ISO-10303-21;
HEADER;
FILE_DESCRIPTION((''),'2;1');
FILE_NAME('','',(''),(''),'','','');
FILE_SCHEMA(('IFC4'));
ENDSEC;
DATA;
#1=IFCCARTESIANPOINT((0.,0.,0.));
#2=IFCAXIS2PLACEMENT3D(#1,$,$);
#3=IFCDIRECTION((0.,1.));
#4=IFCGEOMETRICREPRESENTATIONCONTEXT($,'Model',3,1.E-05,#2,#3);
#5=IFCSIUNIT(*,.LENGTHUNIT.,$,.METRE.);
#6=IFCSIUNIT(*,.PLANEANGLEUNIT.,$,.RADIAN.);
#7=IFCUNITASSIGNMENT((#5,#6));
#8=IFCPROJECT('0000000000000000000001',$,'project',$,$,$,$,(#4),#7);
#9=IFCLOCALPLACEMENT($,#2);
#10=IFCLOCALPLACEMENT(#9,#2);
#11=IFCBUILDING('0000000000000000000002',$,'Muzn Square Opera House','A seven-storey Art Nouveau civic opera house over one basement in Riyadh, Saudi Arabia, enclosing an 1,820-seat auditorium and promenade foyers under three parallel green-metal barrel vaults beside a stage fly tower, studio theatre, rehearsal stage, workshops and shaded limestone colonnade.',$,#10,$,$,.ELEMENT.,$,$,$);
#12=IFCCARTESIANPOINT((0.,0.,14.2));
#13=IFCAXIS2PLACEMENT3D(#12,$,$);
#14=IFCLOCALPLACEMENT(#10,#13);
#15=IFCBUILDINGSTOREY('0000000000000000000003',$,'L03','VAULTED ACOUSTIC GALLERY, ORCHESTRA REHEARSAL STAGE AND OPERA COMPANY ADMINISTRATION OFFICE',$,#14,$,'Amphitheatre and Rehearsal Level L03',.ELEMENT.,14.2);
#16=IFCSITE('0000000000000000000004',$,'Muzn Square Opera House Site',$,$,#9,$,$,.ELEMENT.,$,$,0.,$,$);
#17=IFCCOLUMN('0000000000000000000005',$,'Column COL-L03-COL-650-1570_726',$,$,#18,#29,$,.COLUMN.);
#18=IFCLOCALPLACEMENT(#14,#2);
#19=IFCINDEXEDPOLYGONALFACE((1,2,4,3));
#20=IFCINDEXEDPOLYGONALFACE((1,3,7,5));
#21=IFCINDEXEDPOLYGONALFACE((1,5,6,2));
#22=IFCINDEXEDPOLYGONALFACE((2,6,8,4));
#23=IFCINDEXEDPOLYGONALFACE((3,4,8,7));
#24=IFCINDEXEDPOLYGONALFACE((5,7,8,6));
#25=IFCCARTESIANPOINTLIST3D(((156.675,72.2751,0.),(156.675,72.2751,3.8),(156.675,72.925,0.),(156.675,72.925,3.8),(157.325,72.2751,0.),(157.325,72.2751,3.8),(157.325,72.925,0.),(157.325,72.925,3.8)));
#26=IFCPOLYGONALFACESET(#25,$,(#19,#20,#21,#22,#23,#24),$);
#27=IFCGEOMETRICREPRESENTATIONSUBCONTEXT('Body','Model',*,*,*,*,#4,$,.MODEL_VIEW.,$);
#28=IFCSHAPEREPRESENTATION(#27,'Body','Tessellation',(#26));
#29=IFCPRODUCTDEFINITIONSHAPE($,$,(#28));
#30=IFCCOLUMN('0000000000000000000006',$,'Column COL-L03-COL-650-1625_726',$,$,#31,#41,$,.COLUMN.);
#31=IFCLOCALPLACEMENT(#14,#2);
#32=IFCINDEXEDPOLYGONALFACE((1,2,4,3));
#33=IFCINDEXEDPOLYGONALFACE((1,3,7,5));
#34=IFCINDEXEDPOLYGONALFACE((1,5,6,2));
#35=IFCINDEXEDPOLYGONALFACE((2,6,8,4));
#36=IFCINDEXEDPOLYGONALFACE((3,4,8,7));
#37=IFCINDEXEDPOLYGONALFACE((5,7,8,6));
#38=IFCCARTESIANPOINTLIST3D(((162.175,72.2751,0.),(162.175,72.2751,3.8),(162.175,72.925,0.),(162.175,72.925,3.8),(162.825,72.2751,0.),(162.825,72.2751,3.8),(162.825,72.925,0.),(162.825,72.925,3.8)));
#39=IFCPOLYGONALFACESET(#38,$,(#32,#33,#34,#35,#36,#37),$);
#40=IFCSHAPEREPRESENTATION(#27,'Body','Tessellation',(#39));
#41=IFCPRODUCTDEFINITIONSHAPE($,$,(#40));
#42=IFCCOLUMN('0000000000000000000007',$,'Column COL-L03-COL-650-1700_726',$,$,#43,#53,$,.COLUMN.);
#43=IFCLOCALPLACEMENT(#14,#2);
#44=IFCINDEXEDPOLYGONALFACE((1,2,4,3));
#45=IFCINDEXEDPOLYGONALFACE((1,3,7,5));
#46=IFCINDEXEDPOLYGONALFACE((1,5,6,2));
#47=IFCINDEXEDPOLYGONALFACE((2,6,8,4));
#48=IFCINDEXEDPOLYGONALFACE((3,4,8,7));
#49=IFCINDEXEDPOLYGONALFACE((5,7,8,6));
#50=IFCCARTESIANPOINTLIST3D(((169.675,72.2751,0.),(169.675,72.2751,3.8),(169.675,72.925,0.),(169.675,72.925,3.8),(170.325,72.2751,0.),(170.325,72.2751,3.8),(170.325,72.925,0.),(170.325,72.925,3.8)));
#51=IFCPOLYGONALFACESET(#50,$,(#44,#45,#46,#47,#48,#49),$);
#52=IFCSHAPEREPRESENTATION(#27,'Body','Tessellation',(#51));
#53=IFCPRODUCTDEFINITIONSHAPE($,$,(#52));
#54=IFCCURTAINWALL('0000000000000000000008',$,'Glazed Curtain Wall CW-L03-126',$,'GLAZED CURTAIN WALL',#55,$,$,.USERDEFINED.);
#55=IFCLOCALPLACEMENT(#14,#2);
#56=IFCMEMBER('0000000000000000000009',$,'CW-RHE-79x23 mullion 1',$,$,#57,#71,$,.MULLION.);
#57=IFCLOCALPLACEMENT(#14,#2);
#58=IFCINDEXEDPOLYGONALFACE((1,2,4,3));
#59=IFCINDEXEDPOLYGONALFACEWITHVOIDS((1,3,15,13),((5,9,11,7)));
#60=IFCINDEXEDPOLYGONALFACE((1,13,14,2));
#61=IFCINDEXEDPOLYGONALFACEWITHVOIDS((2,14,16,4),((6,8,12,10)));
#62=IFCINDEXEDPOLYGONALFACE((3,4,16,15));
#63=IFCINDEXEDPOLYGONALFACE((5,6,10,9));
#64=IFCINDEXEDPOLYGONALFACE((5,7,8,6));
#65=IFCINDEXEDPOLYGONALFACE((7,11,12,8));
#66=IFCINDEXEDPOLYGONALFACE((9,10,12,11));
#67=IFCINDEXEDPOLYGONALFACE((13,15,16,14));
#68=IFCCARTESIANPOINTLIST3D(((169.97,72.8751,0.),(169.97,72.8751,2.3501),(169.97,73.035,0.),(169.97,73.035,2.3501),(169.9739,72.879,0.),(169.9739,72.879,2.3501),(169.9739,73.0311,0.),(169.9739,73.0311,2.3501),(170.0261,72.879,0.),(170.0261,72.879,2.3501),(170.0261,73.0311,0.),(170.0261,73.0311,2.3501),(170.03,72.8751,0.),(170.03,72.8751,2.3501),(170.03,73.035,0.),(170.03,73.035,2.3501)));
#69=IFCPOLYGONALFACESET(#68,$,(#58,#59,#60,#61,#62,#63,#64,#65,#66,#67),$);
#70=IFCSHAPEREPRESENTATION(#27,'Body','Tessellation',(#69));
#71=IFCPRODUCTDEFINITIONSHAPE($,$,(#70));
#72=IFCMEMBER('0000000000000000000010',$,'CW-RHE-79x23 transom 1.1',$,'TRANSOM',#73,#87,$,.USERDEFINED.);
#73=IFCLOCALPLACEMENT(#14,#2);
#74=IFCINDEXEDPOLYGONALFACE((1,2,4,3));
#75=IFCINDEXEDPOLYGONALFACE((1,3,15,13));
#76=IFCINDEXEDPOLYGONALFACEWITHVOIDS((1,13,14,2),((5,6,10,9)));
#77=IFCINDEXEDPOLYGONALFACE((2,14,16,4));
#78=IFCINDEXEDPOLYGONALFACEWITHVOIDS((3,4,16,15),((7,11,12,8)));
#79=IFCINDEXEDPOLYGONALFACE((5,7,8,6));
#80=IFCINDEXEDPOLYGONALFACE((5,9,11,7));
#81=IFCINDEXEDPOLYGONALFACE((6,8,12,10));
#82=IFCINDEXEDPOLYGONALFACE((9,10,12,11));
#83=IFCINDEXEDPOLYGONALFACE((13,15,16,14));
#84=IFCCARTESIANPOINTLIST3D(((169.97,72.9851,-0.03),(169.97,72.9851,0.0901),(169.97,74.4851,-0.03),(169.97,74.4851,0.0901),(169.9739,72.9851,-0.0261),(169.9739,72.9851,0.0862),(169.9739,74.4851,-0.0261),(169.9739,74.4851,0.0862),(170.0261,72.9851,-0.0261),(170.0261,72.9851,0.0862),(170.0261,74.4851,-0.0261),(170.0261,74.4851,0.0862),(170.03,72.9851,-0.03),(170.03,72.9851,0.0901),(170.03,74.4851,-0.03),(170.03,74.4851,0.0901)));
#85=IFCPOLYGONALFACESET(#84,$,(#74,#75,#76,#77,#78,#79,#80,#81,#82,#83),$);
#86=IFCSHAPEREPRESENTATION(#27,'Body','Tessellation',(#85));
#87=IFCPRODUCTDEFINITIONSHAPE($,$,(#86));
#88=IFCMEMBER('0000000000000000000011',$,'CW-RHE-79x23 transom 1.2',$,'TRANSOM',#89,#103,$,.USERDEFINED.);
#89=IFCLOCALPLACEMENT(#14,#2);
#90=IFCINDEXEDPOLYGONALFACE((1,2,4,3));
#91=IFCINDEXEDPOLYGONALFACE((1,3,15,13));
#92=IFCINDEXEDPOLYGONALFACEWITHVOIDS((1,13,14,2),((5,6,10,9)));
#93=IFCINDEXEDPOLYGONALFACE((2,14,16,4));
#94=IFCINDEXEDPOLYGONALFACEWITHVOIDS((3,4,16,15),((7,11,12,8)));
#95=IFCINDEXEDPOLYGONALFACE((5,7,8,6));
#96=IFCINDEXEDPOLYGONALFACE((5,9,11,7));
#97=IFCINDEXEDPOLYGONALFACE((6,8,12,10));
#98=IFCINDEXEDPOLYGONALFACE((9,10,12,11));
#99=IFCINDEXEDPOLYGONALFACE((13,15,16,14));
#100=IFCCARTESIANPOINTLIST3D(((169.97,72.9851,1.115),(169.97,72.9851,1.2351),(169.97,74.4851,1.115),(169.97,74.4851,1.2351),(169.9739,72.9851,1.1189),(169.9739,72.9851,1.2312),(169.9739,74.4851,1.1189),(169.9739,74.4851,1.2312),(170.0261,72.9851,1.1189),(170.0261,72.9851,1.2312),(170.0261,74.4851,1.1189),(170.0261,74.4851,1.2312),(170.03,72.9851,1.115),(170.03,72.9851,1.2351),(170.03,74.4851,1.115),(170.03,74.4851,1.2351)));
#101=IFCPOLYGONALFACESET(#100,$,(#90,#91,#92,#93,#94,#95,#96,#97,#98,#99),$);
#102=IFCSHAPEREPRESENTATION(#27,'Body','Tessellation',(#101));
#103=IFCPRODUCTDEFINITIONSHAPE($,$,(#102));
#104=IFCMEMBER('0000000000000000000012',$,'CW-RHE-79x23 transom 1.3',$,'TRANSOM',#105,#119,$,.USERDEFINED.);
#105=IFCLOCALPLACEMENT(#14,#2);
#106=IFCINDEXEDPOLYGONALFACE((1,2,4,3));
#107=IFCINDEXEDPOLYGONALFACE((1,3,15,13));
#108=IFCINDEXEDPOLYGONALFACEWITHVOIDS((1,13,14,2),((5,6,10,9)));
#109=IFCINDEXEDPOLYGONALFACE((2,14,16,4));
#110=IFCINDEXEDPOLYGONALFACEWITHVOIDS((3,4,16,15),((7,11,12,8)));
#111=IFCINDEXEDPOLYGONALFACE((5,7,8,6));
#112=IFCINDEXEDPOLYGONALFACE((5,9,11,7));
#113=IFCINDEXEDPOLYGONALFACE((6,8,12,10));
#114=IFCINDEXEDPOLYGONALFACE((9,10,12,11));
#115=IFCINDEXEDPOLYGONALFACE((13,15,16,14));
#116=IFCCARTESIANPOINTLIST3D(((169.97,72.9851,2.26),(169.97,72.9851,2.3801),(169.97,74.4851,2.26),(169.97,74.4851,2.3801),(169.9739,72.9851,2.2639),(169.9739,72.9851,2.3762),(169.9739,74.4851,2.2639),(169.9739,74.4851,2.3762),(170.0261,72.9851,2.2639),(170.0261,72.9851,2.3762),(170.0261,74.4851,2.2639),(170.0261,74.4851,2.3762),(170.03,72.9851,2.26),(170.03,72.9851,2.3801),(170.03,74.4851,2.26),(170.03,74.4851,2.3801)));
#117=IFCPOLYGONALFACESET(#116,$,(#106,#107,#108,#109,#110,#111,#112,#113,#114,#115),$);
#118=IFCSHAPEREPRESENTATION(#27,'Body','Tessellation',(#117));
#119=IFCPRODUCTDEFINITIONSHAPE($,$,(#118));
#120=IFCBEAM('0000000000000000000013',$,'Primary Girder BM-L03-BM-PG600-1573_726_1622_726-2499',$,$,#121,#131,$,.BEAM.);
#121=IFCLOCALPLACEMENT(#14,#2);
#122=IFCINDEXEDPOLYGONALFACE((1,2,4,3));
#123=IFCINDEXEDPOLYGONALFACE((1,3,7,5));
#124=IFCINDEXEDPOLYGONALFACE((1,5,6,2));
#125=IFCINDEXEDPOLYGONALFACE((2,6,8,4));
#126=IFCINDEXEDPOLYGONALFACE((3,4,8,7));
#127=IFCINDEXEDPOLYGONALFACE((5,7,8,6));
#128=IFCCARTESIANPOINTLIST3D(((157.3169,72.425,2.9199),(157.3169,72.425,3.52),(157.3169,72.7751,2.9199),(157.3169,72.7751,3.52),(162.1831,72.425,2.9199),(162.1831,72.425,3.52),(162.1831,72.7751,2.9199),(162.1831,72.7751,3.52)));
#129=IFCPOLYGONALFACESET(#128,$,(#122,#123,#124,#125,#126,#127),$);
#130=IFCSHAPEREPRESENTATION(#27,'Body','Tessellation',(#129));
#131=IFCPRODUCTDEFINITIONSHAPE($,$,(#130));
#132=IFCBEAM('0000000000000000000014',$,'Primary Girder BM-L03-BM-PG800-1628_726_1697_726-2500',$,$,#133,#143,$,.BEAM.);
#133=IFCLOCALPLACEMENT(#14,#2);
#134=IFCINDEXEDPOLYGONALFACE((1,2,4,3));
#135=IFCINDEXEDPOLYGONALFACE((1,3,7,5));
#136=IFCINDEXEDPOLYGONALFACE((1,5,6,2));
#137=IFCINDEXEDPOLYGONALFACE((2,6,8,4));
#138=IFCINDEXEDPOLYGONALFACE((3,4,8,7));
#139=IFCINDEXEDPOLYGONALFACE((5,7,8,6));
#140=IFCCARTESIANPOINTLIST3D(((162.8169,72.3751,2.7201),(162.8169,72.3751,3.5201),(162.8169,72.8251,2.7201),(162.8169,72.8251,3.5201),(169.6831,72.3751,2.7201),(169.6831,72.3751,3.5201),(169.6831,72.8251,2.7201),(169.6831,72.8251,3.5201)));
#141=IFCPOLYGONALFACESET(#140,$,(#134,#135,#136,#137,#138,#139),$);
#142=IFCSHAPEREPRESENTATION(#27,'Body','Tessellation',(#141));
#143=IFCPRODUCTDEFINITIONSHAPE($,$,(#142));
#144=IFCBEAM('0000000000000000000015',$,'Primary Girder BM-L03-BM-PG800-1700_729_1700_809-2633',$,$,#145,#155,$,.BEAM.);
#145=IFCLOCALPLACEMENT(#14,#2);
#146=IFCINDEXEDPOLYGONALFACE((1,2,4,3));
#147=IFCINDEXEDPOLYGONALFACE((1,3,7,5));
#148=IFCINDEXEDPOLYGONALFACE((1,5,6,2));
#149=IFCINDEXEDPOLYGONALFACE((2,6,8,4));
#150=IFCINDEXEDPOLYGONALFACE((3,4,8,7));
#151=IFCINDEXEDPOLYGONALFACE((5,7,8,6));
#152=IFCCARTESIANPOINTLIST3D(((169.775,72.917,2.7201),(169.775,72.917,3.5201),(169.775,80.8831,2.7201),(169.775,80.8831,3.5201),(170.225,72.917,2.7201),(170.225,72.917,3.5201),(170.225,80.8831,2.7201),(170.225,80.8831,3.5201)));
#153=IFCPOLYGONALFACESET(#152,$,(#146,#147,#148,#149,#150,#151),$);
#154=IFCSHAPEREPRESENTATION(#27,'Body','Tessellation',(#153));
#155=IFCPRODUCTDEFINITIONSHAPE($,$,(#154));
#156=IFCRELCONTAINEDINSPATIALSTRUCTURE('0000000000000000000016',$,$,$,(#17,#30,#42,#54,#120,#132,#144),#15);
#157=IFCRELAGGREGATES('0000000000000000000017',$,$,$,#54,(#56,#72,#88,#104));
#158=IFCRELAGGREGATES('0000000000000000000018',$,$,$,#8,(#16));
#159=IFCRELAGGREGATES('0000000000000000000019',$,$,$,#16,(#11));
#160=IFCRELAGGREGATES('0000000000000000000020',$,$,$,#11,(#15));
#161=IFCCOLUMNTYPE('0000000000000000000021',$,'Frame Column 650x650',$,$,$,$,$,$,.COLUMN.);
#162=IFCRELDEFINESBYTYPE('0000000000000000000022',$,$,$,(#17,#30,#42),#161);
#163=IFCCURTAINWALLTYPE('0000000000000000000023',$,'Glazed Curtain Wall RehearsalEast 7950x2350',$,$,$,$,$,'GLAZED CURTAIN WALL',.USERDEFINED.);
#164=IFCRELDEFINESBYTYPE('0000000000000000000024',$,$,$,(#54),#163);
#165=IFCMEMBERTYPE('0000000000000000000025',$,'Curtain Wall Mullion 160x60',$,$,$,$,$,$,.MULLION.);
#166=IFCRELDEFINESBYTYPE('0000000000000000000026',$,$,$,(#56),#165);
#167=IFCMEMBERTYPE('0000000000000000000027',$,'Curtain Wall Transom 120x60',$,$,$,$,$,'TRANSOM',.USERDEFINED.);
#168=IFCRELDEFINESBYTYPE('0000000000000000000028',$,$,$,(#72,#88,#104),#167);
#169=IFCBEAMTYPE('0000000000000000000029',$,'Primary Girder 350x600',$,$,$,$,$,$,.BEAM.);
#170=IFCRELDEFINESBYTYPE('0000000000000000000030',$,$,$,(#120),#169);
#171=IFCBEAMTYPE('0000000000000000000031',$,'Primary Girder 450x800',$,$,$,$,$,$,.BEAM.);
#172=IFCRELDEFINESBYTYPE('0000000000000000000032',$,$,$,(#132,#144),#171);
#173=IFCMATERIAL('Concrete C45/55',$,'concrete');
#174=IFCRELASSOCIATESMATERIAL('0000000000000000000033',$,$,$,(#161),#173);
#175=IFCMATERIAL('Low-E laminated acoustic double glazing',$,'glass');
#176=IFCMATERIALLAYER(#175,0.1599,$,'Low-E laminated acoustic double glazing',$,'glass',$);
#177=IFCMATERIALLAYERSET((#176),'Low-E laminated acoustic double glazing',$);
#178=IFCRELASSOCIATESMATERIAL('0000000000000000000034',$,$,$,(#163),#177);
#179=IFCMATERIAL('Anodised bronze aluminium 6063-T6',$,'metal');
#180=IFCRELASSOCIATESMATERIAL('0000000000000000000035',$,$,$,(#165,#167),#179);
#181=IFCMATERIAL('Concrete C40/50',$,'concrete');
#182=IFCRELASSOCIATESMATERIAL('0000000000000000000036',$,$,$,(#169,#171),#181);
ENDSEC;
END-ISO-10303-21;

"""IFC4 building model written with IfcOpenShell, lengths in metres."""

from ifc_helpers import new_model, si_unit, direction, frame, origin, origin_2d, place, context, subcontext, project, spatial, rectangle, hollow_rectangle, extrude, material, layer, layer_set, material_profile, profile_set, type_object, element, aggregate, save


model = new_model("IFC4")

# Units and contexts
model_context = context("Model", 3, precision=1e-05, world=origin(), true_north=direction((0.0, 1.0)))
body_context = subcontext(model_context, "Body", "Model", "MODEL_VIEW")
ifc_project = project(units=[si_unit("LENGTHUNIT", "METRE"), si_unit("PLANEANGLEUNIT", "RADIAN")], contexts=[model_context])

# Site, building, storey
site_placement = place(None, origin())
site = spatial("IfcSite", under=ifc_project, at=site_placement, Name="Muzn Square Opera House Site", CompositionType="ELEMENT", RefElevation=0.0)
building_placement = place(site_placement, origin())
building = spatial("IfcBuilding", under=site, at=building_placement, Name="Muzn Square Opera House", Description="A seven-storey Art Nouveau civic opera house over one basement in Riyadh, Saudi Arabia, enclosing an 1,820-seat auditorium and promenade foyers under three parallel green-metal barrel vaults beside a stage fly tower, studio theatre, rehearsal stage, workshops and shaded limestone colonnade.", CompositionType="ELEMENT")
storey_placement = place(building_placement, frame((0.0, 0.0, 14.2)))
storey = spatial("IfcBuildingStorey", under=building, at=storey_placement, Name="L03", Description="VAULTED ACOUSTIC GALLERY, ORCHESTRA REHEARSAL STAGE AND OPERA COMPANY ADMINISTRATION OFFICE", LongName="Amphitheatre and Rehearsal Level L03", CompositionType="ELEMENT", Elevation=14.2)

# Columns
ifc_material_1 = material(Name="Concrete C45/55", Category="concrete")
ifc_material_profile_1 = material_profile(ifc_material_1, rectangle(XDim=0.6499, YDim=0.6499, at=origin_2d()), Name="RC 650x650", Category="concrete")
ifc_profile_set_1 = profile_set([ifc_material_profile_1], Name="Concrete C45/55")
column_type = type_object("IfcColumnType", Name="Frame Column 650x650", PredefinedType="COLUMN", material=ifc_profile_set_1)
for number, where, z_axis, x_axis, name in (
    (1, (157.0, 72.6001, 0.0), (0.0, 0.0, 1.0), (1.0, 0.0, 0.0), "Column COL-L03-COL-650-1570_726"),
    (2, (162.5, 72.6001, 0.0), (0.0, 0.0, 1.0), (1.0, 0.0, 0.0), "Column COL-L03-COL-650-1625_726"),
    (3, (170.0, 72.6001, 0.0), (0.0, 0.0, 1.0), (1.0, 0.0, 0.0), "Column COL-L03-COL-650-1700_726"),
):
    element("IfcColumn", number, at=place(storey_placement, frame(where, z_axis=z_axis, x_axis=x_axis)), inside=storey, type_object=column_type, Name=name, PredefinedType="COLUMN", context=body_context, shape_type="SweptSolid", body=[
        extrude(rectangle(XDim=0.6499, YDim=0.6499, at=origin_2d()), origin(), (0.0, 0.0, 1.0), 3.8),
    ])

# Curtain wall, members
ifc_material_2 = material(Name="Low-E laminated acoustic double glazing", Category="glass")
ifc_layer_1 = layer(ifc_material_2, 0.1599, Name="Low-E laminated acoustic double glazing", Category="glass")
ifc_layer_set_1 = layer_set([ifc_layer_1], Name="Low-E laminated acoustic double glazing")
curtain_wall_type = type_object("IfcCurtainWallType", Name="Glazed Curtain Wall RehearsalEast 7950x2350", ElementType="GLAZED CURTAIN WALL", PredefinedType="USERDEFINED", material=ifc_layer_set_1)
curtain_wall_placement = place(storey_placement, origin())
curtain_wall = element("IfcCurtainWall", 4, at=curtain_wall_placement, inside=storey, type_object=curtain_wall_type, Name="Glazed Curtain Wall CW-L03-126", ObjectType="GLAZED CURTAIN WALL", PredefinedType="USERDEFINED")
ifc_material_3 = material(Name="Anodised bronze aluminium 6063-T6", Category="metal")
ifc_material_profile_2 = material_profile(ifc_material_3, hollow_rectangle(XDim=0.0601, YDim=0.1599, WallThickness=0.0039, at=origin_2d()), Name="ALU 160x60x4", Category="metal")
ifc_profile_set_2 = profile_set([ifc_material_profile_2], Name="Anodised bronze aluminium 6063-T6")
member_type_1 = type_object("IfcMemberType", Name="Curtain Wall Mullion 160x60", PredefinedType="MULLION", material=ifc_profile_set_2)
member_1_placement = place(storey_placement, frame((170.0, 72.9551, 0.0), z_axis=(0.0, 0.0, 1.0), x_axis=(-1.0, 0.0, 0.0)))
member_1 = element("IfcMember", 5, at=member_1_placement, type_object=member_type_1, Name="CW-RHE-79x23 mullion 1", PredefinedType="MULLION", context=body_context, shape_type="SweptSolid", body=[
    extrude(hollow_rectangle(XDim=0.0601, YDim=0.1599, WallThickness=0.0039, at=origin_2d()), origin(), (0.0, 0.0, 1.0), 2.3501),
])
ifc_material_profile_3 = material_profile(ifc_material_3, hollow_rectangle(XDim=0.0601, YDim=0.1201, WallThickness=0.0039, at=origin_2d()), Name="ALU 120x60x4", Category="metal")
ifc_profile_set_3 = profile_set([ifc_material_profile_3], Name="Anodised bronze aluminium 6063-T6")
member_type_2 = type_object("IfcMemberType", Name="Curtain Wall Transom 120x60", ElementType="TRANSOM", PredefinedType="USERDEFINED", material=ifc_profile_set_3)
member_2_placement = place(storey_placement, frame((170.0, 72.9851, 0.03), z_axis=(0.0, 1.0, 0.0), x_axis=(-1.0, 0.0, 0.0)))
member_2 = element("IfcMember", 6, at=member_2_placement, type_object=member_type_2, Name="CW-RHE-79x23 transom 1.1", ObjectType="TRANSOM", PredefinedType="USERDEFINED", context=body_context, shape_type="SweptSolid", body=[
    extrude(hollow_rectangle(XDim=0.0601, YDim=0.1201, WallThickness=0.0039, at=origin_2d()), origin(), (0.0, 0.0, 1.0), 1.5),
])
member_3_placement = place(storey_placement, frame((170.0, 72.9851, 1.175), z_axis=(0.0, 1.0, 0.0), x_axis=(-1.0, 0.0, 0.0)))
member_3 = element("IfcMember", 7, at=member_3_placement, type_object=member_type_2, Name="CW-RHE-79x23 transom 1.2", ObjectType="TRANSOM", PredefinedType="USERDEFINED", context=body_context, shape_type="SweptSolid", body=[
    extrude(hollow_rectangle(XDim=0.0601, YDim=0.1201, WallThickness=0.0039, at=origin_2d()), origin(), (0.0, 0.0, 1.0), 1.5),
])
member_4_placement = place(storey_placement, frame((170.0, 72.9851, 2.3201), z_axis=(0.0, 1.0, 0.0), x_axis=(-1.0, 0.0, 0.0)))
member_4 = element("IfcMember", 8, at=member_4_placement, type_object=member_type_2, Name="CW-RHE-79x23 transom 1.3", ObjectType="TRANSOM", PredefinedType="USERDEFINED", context=body_context, shape_type="SweptSolid", body=[
    extrude(hollow_rectangle(XDim=0.0601, YDim=0.1201, WallThickness=0.0039, at=origin_2d()), origin(), (0.0, 0.0, 1.0), 1.5),
])

# Beams
ifc_material_4 = material(Name="Concrete C40/50", Category="concrete")
ifc_material_profile_4 = material_profile(ifc_material_4, rectangle(XDim=0.3501, YDim=0.6001, at=origin_2d()), Name="RCB 350x600", Category="concrete")
ifc_profile_set_4 = profile_set([ifc_material_profile_4], Name="Concrete C40/50")
beam_type_1 = type_object("IfcBeamType", Name="Primary Girder 350x600", PredefinedType="BEAM", material=ifc_profile_set_4)
beam_1_placement = place(storey_placement, frame((157.3169, 72.6001, 3.22), z_axis=(1.0, 0.0, 0.0), x_axis=(0.0, 1.0, 0.0)))
element("IfcBeam", 9, at=beam_1_placement, inside=storey, type_object=beam_type_1, Name="Primary Girder BM-L03-BM-PG600-1573_726_1622_726-2499", PredefinedType="BEAM", context=body_context, shape_type="SweptSolid", body=[
    extrude(rectangle(XDim=0.3501, YDim=0.6001, at=origin_2d()), origin(), (0.0, 0.0, 1.0), 4.8662),
])
ifc_material_profile_5 = material_profile(ifc_material_4, rectangle(XDim=0.45, YDim=0.8, at=origin_2d()), Name="RCB 450x800", Category="concrete")
ifc_profile_set_5 = profile_set([ifc_material_profile_5], Name="Concrete C40/50")
beam_type_2 = type_object("IfcBeamType", Name="Primary Girder 450x800", PredefinedType="BEAM", material=ifc_profile_set_5)
beam_2_placement = place(storey_placement, frame((162.8169, 72.6001, 3.1201), z_axis=(1.0, 0.0, 0.0), x_axis=(0.0, 1.0, 0.0)))
element("IfcBeam", 10, at=beam_2_placement, inside=storey, type_object=beam_type_2, Name="Primary Girder BM-L03-BM-PG800-1628_726_1697_726-2500", PredefinedType="BEAM", context=body_context, shape_type="SweptSolid", body=[
    extrude(rectangle(XDim=0.45, YDim=0.8, at=origin_2d()), origin(), (0.0, 0.0, 1.0), 6.8662),
])
beam_3_placement = place(storey_placement, frame((170.0, 72.917, 3.1201), z_axis=(0.0, 1.0, 0.0), x_axis=(-1.0, 0.0, 0.0)))
element("IfcBeam", 11, at=beam_3_placement, inside=storey, type_object=beam_type_2, Name="Primary Girder BM-L03-BM-PG800-1700_729_1700_809-2633", PredefinedType="BEAM", context=body_context, shape_type="SweptSolid", body=[
    extrude(rectangle(XDim=0.45, YDim=0.8, at=origin_2d()), origin(), (0.0, 0.0, 1.0), 7.9661),
])

aggregate(curtain_wall, [member_1, member_2, member_3, member_4])

save(model, "model.ifc")
